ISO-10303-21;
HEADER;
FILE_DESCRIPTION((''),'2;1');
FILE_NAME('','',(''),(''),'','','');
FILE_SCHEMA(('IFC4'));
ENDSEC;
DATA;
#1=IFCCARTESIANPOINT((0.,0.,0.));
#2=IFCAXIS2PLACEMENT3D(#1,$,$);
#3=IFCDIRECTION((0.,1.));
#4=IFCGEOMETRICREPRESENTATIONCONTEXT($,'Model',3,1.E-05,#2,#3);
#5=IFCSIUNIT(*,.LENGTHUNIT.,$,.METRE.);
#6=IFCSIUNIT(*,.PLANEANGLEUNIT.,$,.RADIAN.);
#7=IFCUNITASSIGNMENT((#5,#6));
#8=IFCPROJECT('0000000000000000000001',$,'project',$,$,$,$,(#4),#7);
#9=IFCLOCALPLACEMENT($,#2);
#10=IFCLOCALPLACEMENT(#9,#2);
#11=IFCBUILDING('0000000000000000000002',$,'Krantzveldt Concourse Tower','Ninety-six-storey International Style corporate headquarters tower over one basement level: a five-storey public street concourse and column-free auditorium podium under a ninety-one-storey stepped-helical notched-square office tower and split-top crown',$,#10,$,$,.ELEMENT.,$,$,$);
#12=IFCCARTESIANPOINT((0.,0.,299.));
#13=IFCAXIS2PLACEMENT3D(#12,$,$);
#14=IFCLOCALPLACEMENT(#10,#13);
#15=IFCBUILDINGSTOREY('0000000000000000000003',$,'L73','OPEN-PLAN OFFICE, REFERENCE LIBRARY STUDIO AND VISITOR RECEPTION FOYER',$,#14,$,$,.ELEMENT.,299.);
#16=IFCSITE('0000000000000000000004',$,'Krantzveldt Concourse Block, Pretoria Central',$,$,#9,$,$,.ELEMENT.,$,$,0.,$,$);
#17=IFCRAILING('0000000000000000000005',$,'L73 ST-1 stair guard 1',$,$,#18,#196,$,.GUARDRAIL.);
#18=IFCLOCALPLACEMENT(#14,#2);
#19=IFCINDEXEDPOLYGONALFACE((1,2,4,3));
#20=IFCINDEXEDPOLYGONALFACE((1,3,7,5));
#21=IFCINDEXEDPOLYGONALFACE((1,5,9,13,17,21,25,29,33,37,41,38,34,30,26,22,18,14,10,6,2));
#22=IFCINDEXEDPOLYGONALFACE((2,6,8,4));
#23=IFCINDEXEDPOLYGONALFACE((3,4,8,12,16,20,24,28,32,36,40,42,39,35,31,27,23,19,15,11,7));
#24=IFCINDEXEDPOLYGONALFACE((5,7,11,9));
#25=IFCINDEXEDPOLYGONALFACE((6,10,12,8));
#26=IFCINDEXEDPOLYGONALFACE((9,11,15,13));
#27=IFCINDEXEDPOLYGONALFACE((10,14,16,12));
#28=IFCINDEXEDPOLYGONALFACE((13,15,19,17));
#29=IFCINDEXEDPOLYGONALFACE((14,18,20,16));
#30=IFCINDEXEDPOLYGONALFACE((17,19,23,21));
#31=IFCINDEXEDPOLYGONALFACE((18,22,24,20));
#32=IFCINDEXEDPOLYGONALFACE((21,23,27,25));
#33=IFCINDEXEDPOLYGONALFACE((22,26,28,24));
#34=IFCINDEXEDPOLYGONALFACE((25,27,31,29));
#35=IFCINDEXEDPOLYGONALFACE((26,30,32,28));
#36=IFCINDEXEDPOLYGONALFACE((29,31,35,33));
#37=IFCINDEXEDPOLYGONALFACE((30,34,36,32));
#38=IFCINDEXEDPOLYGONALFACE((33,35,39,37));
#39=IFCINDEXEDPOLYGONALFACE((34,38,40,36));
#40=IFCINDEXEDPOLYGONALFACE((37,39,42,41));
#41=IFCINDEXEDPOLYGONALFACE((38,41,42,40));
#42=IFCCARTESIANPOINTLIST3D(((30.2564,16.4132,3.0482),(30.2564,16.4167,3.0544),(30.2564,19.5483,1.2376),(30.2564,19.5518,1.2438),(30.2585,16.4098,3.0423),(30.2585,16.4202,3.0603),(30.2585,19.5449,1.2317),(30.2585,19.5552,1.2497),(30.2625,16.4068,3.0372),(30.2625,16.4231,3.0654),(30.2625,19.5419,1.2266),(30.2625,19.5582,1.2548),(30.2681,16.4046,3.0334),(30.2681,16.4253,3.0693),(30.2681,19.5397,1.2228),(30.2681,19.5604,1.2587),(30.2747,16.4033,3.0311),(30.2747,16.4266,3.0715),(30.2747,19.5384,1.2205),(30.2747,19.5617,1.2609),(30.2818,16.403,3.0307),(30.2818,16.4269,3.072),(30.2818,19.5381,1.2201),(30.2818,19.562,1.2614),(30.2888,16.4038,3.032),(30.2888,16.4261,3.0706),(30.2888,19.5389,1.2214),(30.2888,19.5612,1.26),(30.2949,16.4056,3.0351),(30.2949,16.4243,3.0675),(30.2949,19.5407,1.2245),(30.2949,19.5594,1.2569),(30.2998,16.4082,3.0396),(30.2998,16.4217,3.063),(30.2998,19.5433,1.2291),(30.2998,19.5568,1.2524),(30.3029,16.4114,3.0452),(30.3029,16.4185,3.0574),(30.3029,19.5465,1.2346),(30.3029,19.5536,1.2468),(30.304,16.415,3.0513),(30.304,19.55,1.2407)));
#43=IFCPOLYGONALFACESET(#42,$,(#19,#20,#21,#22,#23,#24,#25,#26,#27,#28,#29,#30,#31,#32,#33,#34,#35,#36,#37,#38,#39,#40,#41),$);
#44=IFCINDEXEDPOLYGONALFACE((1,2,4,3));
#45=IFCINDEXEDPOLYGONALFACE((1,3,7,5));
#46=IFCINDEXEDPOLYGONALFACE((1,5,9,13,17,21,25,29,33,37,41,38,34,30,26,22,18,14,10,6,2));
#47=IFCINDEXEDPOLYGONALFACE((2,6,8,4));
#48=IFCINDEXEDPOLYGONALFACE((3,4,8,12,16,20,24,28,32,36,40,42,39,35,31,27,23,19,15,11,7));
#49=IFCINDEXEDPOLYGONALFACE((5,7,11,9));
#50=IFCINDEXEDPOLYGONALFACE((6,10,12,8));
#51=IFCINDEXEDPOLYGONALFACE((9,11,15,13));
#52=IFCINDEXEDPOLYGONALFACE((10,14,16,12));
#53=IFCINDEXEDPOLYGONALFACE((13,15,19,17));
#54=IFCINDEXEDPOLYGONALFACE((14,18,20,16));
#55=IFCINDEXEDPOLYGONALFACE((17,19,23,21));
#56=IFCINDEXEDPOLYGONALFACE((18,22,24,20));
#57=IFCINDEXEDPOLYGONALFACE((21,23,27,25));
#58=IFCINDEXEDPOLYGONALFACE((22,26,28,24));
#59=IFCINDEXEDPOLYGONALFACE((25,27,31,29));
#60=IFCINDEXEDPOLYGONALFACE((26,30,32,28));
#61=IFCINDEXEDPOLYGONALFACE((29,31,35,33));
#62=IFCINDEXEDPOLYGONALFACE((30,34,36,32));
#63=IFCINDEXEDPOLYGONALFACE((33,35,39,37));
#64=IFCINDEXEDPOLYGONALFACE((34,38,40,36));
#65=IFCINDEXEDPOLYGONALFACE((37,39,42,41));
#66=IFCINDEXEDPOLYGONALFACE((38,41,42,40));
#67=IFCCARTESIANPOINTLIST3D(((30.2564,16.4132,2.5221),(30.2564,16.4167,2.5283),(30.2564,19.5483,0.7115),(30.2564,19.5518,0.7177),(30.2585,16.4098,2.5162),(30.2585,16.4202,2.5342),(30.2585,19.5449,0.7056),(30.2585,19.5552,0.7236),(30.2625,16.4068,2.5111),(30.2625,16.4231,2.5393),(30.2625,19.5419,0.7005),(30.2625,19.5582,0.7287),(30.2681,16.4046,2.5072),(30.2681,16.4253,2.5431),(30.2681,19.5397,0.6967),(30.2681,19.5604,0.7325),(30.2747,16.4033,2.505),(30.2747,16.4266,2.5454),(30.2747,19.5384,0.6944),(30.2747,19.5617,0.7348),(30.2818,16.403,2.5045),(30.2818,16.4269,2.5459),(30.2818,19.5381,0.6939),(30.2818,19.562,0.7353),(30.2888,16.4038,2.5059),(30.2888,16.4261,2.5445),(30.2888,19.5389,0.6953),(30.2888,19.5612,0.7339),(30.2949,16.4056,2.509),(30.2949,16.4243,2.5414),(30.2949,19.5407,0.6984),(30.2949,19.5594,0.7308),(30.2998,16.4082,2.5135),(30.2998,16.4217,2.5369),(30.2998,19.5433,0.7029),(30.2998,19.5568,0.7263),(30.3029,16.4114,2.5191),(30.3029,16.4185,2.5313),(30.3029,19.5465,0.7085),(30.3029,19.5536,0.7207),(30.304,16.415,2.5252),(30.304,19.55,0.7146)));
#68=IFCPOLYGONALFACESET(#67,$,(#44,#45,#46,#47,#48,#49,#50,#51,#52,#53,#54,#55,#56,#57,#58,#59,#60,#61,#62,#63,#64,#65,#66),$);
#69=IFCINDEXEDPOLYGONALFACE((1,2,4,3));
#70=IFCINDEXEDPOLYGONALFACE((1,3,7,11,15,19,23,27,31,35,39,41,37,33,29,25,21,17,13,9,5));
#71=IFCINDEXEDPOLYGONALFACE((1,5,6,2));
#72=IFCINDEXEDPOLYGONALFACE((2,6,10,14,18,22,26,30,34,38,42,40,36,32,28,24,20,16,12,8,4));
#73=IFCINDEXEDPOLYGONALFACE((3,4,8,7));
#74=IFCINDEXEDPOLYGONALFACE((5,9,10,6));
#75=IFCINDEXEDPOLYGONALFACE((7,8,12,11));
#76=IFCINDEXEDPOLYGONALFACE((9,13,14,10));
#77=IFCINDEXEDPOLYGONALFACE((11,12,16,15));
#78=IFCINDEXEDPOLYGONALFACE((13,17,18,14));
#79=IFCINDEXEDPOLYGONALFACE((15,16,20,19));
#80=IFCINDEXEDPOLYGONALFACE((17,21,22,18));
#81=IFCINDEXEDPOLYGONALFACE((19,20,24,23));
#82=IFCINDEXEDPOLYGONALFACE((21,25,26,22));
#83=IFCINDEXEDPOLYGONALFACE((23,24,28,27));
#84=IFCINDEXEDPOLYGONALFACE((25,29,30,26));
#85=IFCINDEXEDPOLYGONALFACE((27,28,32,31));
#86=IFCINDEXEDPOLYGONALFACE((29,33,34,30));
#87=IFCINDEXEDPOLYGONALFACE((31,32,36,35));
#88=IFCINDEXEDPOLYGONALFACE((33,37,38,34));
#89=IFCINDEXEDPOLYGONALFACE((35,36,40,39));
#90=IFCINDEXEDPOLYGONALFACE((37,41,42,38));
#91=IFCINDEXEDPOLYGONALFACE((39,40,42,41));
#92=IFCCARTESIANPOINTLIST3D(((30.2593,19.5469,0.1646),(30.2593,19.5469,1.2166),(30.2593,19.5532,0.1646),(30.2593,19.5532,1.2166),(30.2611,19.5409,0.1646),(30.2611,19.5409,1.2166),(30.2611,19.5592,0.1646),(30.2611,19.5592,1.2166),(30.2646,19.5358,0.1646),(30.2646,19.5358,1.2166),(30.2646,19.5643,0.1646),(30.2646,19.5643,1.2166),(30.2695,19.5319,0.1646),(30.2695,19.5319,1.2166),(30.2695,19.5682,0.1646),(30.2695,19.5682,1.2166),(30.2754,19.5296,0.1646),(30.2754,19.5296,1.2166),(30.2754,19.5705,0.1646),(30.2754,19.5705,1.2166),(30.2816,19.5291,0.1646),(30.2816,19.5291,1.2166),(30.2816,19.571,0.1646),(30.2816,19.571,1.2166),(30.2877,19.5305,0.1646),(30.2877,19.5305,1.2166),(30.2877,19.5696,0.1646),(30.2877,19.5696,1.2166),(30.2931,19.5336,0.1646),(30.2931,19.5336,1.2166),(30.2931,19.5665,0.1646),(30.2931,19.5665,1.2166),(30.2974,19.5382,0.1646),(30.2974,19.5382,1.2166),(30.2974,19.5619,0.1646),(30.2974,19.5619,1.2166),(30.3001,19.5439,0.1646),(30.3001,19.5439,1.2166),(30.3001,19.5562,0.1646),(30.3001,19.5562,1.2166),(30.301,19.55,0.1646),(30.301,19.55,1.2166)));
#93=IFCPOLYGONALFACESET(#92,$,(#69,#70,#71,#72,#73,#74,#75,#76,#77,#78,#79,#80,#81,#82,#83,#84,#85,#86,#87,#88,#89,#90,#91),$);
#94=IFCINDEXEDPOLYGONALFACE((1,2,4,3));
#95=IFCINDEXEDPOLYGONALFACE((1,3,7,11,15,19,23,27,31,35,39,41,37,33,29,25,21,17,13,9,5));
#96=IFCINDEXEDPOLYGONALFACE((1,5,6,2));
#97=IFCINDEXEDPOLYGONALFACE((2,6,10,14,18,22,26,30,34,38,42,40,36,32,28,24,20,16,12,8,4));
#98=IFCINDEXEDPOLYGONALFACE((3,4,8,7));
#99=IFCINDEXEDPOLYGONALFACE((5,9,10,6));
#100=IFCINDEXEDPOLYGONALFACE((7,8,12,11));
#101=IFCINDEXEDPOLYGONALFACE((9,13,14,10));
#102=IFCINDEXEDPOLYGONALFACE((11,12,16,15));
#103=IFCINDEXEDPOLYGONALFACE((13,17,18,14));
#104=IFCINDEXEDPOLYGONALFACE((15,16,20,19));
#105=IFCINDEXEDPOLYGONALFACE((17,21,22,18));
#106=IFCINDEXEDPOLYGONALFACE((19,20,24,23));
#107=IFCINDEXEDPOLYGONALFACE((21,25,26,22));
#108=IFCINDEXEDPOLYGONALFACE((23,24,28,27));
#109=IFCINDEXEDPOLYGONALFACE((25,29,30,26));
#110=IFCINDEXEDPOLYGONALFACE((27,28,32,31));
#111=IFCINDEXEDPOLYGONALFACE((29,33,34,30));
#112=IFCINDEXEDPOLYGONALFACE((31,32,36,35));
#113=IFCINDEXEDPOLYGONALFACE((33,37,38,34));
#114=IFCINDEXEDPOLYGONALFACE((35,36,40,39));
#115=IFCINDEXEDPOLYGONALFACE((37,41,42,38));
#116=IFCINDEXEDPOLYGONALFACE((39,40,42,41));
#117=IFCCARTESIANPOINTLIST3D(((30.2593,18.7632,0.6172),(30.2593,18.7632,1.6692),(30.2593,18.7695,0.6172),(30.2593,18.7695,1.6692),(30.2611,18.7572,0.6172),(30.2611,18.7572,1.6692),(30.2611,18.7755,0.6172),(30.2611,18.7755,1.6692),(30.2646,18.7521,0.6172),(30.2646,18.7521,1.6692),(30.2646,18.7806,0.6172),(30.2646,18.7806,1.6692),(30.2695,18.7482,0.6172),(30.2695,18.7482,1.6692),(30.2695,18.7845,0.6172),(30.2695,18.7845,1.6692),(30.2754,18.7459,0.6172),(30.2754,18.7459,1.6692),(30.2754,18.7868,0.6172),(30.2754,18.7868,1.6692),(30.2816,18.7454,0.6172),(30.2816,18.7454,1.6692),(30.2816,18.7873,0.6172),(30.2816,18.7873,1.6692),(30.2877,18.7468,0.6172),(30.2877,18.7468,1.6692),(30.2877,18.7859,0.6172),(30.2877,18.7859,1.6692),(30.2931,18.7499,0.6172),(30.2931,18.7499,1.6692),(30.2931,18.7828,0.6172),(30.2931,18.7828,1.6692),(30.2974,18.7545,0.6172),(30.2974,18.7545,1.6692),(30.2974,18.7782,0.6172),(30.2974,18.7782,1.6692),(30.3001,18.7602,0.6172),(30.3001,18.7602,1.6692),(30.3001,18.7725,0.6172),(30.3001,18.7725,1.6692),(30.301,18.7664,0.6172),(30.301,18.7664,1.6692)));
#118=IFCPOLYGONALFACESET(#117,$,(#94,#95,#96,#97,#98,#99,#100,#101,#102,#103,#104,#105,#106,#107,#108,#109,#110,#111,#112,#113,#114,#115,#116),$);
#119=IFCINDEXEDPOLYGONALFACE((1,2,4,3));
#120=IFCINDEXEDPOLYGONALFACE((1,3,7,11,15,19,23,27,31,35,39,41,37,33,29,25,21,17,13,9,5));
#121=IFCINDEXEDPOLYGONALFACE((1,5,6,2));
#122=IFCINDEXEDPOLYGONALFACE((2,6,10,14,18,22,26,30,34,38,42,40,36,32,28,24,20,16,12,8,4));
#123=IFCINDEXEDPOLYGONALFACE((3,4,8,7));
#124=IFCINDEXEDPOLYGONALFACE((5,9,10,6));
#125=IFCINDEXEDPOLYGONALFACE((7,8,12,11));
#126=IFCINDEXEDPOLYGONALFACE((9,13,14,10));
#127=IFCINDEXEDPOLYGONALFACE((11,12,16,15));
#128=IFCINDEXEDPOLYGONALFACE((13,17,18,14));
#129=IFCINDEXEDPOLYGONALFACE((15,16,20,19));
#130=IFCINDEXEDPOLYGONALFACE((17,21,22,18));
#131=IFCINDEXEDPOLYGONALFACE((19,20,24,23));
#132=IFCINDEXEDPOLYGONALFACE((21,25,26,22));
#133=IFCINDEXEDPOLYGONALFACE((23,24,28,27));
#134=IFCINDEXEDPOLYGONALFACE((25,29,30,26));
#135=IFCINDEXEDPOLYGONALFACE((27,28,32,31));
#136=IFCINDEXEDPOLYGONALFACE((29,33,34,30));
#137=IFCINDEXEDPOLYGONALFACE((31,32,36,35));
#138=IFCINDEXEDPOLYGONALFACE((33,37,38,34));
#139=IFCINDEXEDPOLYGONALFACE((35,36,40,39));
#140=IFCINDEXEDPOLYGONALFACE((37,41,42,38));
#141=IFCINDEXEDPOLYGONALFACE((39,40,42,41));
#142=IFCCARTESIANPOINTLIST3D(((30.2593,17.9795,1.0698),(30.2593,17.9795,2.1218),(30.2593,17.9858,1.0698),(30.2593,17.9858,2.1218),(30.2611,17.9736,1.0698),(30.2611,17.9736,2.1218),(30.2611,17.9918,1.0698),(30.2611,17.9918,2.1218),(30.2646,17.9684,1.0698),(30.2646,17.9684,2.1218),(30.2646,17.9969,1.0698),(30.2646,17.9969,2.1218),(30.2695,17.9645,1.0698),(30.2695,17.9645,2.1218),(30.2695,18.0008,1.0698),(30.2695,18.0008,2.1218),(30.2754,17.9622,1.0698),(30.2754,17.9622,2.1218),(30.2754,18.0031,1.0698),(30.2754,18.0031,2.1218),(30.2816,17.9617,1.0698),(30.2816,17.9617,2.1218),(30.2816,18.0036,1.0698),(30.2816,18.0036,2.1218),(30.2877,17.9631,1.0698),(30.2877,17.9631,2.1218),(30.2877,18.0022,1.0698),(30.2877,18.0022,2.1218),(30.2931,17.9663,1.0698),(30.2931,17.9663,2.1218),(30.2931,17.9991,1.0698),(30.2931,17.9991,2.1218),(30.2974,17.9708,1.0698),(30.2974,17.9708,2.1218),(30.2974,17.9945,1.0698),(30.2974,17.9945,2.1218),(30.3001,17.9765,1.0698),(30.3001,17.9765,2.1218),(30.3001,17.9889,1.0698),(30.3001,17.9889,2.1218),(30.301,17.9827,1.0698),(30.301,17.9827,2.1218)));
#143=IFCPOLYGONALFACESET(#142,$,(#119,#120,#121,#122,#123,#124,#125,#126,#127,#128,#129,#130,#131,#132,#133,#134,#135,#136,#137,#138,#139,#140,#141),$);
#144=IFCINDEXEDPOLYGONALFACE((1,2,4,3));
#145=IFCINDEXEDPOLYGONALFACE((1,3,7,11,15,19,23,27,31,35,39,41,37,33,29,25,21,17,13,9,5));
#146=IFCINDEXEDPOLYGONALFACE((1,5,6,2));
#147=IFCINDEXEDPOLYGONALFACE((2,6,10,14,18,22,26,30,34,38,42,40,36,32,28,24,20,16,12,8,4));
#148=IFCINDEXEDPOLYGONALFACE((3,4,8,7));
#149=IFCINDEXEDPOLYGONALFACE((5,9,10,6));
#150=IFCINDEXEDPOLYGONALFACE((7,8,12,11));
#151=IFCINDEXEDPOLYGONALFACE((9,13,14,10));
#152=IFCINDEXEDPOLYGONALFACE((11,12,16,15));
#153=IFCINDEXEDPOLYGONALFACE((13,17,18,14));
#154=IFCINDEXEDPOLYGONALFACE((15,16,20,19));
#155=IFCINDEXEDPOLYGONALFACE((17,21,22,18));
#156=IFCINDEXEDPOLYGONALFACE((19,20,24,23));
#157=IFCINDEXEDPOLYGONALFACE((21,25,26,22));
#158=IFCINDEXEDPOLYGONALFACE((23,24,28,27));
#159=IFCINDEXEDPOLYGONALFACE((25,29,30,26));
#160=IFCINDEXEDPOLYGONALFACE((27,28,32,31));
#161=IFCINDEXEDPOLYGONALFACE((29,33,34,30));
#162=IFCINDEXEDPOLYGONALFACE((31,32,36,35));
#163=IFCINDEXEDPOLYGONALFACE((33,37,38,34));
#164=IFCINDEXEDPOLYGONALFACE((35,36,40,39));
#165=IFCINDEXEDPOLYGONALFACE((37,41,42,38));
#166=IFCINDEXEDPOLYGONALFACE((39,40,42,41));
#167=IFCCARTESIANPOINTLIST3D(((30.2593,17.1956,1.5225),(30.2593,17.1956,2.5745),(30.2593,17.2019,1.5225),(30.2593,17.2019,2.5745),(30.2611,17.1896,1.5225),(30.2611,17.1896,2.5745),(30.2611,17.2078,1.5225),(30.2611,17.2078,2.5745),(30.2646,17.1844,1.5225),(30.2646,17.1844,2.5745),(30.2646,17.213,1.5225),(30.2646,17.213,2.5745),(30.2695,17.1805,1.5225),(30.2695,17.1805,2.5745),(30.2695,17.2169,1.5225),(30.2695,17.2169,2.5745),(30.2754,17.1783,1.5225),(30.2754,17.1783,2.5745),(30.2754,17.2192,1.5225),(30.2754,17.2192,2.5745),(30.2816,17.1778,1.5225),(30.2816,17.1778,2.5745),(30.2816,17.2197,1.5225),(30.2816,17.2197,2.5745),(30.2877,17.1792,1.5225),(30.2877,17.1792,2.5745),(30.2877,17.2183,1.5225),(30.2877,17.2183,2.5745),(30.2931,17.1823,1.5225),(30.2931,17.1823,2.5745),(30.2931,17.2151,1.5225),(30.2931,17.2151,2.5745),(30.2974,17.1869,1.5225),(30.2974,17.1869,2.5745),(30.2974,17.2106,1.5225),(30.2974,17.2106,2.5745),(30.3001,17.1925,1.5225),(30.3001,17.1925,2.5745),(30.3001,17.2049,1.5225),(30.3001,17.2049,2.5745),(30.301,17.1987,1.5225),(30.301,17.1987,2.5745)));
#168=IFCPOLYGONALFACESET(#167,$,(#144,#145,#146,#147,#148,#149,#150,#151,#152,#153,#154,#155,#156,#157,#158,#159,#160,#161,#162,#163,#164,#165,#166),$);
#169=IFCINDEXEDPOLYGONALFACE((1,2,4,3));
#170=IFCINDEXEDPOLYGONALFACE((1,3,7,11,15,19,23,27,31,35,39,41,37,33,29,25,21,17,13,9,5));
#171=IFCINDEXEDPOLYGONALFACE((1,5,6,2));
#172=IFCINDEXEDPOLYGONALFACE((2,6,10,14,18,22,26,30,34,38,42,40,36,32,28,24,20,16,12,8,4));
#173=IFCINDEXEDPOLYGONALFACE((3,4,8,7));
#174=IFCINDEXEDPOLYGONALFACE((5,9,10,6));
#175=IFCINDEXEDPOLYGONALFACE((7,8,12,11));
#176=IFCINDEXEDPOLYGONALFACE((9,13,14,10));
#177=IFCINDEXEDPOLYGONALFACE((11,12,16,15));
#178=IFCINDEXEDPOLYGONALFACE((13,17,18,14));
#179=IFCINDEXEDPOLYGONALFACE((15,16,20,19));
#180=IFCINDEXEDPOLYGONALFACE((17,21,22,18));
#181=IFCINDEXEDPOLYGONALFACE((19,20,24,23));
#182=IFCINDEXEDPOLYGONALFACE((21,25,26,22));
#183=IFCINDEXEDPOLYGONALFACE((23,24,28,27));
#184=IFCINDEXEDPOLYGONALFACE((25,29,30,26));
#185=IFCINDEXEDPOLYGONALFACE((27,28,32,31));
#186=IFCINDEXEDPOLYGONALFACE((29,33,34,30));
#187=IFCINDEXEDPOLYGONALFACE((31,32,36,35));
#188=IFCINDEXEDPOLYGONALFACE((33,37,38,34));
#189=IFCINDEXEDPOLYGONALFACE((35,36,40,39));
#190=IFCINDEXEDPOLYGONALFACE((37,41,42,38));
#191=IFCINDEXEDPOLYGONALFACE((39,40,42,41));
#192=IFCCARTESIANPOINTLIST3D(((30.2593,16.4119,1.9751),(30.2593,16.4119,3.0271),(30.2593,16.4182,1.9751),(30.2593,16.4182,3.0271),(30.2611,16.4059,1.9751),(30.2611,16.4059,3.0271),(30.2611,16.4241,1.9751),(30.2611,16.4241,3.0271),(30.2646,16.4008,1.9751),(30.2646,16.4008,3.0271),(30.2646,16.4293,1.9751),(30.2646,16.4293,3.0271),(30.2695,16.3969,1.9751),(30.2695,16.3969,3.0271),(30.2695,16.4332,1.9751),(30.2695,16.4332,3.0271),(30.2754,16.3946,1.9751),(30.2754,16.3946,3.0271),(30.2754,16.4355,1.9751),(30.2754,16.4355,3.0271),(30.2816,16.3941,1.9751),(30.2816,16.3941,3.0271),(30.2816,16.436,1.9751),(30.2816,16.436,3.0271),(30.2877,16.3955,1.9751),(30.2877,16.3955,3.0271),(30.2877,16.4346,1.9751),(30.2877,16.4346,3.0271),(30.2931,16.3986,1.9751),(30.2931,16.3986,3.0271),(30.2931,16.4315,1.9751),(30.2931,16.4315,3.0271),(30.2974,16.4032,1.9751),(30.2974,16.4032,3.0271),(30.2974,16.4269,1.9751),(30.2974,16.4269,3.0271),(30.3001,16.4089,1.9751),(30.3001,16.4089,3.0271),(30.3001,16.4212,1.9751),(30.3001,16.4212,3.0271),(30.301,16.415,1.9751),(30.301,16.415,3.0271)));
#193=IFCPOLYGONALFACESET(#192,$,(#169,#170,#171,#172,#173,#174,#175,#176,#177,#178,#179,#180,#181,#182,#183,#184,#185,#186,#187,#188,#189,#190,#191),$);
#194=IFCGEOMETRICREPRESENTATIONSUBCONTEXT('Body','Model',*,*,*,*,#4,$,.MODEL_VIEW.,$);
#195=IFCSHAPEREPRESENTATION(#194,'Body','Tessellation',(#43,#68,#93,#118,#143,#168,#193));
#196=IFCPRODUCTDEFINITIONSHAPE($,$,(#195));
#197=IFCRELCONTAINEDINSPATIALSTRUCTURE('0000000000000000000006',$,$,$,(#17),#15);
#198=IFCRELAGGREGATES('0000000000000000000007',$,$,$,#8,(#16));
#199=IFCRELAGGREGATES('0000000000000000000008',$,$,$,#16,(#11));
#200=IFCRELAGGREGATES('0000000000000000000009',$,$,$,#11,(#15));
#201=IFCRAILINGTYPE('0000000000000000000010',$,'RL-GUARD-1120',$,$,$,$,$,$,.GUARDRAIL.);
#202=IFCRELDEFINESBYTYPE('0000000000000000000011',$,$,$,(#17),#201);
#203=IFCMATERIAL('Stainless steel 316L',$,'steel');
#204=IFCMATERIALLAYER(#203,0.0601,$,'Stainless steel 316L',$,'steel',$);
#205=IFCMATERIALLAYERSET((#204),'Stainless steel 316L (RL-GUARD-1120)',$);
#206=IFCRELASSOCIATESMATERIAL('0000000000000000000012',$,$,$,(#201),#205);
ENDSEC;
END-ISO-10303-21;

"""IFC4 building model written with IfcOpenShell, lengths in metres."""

from ifc_helpers import new_model, si_unit, direction, frame, origin, origin_2d, place, context, subcontext, project, spatial, circle, extrude, material, layer, layer_set, type_object, element, save


model = new_model("IFC4")

# Units and contexts
model_context = context("Model", 3, precision=1e-05, world=origin(), true_north=direction((0.0, 1.0)))
body_context = subcontext(model_context, "Body", "Model", "MODEL_VIEW")
ifc_project = project(units=[si_unit("LENGTHUNIT", "METRE"), si_unit("PLANEANGLEUNIT", "RADIAN")], contexts=[model_context])

# Site, building, storey
site_placement = place(None, origin())
site = spatial("IfcSite", under=ifc_project, at=site_placement, Name="Krantzveldt Concourse Block, Pretoria Central", CompositionType="ELEMENT", RefElevation=0.0)
building_placement = place(site_placement, origin())
building = spatial("IfcBuilding", under=site, at=building_placement, Name="Krantzveldt Concourse Tower", Description="Ninety-six-storey International Style corporate headquarters tower over one basement level: a five-storey public street concourse and column-free auditorium podium under a ninety-one-storey stepped-helical notched-square office tower and split-top crown", CompositionType="ELEMENT")
storey_placement = place(building_placement, frame((0.0, 0.0, 299.0)))
storey = spatial("IfcBuildingStorey", under=building, at=storey_placement, Name="L73", Description="OPEN-PLAN OFFICE, REFERENCE LIBRARY STUDIO AND VISITOR RECEPTION FOYER", CompositionType="ELEMENT", Elevation=299.0)

# Shared definitions
ifc_material_1 = material(Name="Stainless steel 316L", Category="steel")

# Railing
ifc_layer_1 = layer(ifc_material_1, 0.0601, Name="Stainless steel 316L", Category="steel")
ifc_layer_set_1 = layer_set([ifc_layer_1], Name="Stainless steel 316L (RL-GUARD-1120)")
railing_type_1 = type_object("IfcRailingType", Name="RL-GUARD-1120", PredefinedType="GUARDRAIL", material=ifc_layer_set_1)
railing_1_placement = place(storey_placement, frame((30.28, 19.55, 0.1646)))
element("IfcRailing", 1, at=railing_1_placement, inside=storey, type_object=railing_type_1, Name="L73 ST-1 stair guard 1", PredefinedType="GUARDRAIL", context=body_context, shape_type="SweptSolid", body=[
    extrude(circle(Radius=0.0239, at=origin_2d()), frame((0.0, 0.0, 1.0762), z_axis=(0.0, -0.86596, 0.500114), x_axis=(1.0, 0.0, 0.0)), (0.0, 0.0, 1.0), 3.6204),
    extrude(circle(Radius=0.0239, at=origin_2d()), frame((0.0, 0.0, 0.55), z_axis=(0.0, -0.86596, 0.500114), x_axis=(1.0, 0.0, 0.0)), (0.0, 0.0, 1.0), 3.6204),
    extrude(circle(Radius=0.021, at=origin_2d()), origin(), (0.0, 0.0, 1.0), 1.052),
    extrude(circle(Radius=0.021, at=origin_2d()), frame((0.0, -0.7837, 0.4526)), (0.0, 0.0, 1.0), 1.052),
    extrude(circle(Radius=0.021, at=origin_2d()), frame((0.0, -1.5674, 0.9053)), (0.0, 0.0, 1.0), 1.052),
    extrude(circle(Radius=0.021, at=origin_2d()), frame((0.0, -2.3513, 1.3579)), (0.0, 0.0, 1.0), 1.052),
    extrude(circle(Radius=0.021, at=origin_2d()), frame((0.0, -3.135, 1.8105)), (0.0, 0.0, 1.0), 1.052),
])

save(model, "model.ifc")
